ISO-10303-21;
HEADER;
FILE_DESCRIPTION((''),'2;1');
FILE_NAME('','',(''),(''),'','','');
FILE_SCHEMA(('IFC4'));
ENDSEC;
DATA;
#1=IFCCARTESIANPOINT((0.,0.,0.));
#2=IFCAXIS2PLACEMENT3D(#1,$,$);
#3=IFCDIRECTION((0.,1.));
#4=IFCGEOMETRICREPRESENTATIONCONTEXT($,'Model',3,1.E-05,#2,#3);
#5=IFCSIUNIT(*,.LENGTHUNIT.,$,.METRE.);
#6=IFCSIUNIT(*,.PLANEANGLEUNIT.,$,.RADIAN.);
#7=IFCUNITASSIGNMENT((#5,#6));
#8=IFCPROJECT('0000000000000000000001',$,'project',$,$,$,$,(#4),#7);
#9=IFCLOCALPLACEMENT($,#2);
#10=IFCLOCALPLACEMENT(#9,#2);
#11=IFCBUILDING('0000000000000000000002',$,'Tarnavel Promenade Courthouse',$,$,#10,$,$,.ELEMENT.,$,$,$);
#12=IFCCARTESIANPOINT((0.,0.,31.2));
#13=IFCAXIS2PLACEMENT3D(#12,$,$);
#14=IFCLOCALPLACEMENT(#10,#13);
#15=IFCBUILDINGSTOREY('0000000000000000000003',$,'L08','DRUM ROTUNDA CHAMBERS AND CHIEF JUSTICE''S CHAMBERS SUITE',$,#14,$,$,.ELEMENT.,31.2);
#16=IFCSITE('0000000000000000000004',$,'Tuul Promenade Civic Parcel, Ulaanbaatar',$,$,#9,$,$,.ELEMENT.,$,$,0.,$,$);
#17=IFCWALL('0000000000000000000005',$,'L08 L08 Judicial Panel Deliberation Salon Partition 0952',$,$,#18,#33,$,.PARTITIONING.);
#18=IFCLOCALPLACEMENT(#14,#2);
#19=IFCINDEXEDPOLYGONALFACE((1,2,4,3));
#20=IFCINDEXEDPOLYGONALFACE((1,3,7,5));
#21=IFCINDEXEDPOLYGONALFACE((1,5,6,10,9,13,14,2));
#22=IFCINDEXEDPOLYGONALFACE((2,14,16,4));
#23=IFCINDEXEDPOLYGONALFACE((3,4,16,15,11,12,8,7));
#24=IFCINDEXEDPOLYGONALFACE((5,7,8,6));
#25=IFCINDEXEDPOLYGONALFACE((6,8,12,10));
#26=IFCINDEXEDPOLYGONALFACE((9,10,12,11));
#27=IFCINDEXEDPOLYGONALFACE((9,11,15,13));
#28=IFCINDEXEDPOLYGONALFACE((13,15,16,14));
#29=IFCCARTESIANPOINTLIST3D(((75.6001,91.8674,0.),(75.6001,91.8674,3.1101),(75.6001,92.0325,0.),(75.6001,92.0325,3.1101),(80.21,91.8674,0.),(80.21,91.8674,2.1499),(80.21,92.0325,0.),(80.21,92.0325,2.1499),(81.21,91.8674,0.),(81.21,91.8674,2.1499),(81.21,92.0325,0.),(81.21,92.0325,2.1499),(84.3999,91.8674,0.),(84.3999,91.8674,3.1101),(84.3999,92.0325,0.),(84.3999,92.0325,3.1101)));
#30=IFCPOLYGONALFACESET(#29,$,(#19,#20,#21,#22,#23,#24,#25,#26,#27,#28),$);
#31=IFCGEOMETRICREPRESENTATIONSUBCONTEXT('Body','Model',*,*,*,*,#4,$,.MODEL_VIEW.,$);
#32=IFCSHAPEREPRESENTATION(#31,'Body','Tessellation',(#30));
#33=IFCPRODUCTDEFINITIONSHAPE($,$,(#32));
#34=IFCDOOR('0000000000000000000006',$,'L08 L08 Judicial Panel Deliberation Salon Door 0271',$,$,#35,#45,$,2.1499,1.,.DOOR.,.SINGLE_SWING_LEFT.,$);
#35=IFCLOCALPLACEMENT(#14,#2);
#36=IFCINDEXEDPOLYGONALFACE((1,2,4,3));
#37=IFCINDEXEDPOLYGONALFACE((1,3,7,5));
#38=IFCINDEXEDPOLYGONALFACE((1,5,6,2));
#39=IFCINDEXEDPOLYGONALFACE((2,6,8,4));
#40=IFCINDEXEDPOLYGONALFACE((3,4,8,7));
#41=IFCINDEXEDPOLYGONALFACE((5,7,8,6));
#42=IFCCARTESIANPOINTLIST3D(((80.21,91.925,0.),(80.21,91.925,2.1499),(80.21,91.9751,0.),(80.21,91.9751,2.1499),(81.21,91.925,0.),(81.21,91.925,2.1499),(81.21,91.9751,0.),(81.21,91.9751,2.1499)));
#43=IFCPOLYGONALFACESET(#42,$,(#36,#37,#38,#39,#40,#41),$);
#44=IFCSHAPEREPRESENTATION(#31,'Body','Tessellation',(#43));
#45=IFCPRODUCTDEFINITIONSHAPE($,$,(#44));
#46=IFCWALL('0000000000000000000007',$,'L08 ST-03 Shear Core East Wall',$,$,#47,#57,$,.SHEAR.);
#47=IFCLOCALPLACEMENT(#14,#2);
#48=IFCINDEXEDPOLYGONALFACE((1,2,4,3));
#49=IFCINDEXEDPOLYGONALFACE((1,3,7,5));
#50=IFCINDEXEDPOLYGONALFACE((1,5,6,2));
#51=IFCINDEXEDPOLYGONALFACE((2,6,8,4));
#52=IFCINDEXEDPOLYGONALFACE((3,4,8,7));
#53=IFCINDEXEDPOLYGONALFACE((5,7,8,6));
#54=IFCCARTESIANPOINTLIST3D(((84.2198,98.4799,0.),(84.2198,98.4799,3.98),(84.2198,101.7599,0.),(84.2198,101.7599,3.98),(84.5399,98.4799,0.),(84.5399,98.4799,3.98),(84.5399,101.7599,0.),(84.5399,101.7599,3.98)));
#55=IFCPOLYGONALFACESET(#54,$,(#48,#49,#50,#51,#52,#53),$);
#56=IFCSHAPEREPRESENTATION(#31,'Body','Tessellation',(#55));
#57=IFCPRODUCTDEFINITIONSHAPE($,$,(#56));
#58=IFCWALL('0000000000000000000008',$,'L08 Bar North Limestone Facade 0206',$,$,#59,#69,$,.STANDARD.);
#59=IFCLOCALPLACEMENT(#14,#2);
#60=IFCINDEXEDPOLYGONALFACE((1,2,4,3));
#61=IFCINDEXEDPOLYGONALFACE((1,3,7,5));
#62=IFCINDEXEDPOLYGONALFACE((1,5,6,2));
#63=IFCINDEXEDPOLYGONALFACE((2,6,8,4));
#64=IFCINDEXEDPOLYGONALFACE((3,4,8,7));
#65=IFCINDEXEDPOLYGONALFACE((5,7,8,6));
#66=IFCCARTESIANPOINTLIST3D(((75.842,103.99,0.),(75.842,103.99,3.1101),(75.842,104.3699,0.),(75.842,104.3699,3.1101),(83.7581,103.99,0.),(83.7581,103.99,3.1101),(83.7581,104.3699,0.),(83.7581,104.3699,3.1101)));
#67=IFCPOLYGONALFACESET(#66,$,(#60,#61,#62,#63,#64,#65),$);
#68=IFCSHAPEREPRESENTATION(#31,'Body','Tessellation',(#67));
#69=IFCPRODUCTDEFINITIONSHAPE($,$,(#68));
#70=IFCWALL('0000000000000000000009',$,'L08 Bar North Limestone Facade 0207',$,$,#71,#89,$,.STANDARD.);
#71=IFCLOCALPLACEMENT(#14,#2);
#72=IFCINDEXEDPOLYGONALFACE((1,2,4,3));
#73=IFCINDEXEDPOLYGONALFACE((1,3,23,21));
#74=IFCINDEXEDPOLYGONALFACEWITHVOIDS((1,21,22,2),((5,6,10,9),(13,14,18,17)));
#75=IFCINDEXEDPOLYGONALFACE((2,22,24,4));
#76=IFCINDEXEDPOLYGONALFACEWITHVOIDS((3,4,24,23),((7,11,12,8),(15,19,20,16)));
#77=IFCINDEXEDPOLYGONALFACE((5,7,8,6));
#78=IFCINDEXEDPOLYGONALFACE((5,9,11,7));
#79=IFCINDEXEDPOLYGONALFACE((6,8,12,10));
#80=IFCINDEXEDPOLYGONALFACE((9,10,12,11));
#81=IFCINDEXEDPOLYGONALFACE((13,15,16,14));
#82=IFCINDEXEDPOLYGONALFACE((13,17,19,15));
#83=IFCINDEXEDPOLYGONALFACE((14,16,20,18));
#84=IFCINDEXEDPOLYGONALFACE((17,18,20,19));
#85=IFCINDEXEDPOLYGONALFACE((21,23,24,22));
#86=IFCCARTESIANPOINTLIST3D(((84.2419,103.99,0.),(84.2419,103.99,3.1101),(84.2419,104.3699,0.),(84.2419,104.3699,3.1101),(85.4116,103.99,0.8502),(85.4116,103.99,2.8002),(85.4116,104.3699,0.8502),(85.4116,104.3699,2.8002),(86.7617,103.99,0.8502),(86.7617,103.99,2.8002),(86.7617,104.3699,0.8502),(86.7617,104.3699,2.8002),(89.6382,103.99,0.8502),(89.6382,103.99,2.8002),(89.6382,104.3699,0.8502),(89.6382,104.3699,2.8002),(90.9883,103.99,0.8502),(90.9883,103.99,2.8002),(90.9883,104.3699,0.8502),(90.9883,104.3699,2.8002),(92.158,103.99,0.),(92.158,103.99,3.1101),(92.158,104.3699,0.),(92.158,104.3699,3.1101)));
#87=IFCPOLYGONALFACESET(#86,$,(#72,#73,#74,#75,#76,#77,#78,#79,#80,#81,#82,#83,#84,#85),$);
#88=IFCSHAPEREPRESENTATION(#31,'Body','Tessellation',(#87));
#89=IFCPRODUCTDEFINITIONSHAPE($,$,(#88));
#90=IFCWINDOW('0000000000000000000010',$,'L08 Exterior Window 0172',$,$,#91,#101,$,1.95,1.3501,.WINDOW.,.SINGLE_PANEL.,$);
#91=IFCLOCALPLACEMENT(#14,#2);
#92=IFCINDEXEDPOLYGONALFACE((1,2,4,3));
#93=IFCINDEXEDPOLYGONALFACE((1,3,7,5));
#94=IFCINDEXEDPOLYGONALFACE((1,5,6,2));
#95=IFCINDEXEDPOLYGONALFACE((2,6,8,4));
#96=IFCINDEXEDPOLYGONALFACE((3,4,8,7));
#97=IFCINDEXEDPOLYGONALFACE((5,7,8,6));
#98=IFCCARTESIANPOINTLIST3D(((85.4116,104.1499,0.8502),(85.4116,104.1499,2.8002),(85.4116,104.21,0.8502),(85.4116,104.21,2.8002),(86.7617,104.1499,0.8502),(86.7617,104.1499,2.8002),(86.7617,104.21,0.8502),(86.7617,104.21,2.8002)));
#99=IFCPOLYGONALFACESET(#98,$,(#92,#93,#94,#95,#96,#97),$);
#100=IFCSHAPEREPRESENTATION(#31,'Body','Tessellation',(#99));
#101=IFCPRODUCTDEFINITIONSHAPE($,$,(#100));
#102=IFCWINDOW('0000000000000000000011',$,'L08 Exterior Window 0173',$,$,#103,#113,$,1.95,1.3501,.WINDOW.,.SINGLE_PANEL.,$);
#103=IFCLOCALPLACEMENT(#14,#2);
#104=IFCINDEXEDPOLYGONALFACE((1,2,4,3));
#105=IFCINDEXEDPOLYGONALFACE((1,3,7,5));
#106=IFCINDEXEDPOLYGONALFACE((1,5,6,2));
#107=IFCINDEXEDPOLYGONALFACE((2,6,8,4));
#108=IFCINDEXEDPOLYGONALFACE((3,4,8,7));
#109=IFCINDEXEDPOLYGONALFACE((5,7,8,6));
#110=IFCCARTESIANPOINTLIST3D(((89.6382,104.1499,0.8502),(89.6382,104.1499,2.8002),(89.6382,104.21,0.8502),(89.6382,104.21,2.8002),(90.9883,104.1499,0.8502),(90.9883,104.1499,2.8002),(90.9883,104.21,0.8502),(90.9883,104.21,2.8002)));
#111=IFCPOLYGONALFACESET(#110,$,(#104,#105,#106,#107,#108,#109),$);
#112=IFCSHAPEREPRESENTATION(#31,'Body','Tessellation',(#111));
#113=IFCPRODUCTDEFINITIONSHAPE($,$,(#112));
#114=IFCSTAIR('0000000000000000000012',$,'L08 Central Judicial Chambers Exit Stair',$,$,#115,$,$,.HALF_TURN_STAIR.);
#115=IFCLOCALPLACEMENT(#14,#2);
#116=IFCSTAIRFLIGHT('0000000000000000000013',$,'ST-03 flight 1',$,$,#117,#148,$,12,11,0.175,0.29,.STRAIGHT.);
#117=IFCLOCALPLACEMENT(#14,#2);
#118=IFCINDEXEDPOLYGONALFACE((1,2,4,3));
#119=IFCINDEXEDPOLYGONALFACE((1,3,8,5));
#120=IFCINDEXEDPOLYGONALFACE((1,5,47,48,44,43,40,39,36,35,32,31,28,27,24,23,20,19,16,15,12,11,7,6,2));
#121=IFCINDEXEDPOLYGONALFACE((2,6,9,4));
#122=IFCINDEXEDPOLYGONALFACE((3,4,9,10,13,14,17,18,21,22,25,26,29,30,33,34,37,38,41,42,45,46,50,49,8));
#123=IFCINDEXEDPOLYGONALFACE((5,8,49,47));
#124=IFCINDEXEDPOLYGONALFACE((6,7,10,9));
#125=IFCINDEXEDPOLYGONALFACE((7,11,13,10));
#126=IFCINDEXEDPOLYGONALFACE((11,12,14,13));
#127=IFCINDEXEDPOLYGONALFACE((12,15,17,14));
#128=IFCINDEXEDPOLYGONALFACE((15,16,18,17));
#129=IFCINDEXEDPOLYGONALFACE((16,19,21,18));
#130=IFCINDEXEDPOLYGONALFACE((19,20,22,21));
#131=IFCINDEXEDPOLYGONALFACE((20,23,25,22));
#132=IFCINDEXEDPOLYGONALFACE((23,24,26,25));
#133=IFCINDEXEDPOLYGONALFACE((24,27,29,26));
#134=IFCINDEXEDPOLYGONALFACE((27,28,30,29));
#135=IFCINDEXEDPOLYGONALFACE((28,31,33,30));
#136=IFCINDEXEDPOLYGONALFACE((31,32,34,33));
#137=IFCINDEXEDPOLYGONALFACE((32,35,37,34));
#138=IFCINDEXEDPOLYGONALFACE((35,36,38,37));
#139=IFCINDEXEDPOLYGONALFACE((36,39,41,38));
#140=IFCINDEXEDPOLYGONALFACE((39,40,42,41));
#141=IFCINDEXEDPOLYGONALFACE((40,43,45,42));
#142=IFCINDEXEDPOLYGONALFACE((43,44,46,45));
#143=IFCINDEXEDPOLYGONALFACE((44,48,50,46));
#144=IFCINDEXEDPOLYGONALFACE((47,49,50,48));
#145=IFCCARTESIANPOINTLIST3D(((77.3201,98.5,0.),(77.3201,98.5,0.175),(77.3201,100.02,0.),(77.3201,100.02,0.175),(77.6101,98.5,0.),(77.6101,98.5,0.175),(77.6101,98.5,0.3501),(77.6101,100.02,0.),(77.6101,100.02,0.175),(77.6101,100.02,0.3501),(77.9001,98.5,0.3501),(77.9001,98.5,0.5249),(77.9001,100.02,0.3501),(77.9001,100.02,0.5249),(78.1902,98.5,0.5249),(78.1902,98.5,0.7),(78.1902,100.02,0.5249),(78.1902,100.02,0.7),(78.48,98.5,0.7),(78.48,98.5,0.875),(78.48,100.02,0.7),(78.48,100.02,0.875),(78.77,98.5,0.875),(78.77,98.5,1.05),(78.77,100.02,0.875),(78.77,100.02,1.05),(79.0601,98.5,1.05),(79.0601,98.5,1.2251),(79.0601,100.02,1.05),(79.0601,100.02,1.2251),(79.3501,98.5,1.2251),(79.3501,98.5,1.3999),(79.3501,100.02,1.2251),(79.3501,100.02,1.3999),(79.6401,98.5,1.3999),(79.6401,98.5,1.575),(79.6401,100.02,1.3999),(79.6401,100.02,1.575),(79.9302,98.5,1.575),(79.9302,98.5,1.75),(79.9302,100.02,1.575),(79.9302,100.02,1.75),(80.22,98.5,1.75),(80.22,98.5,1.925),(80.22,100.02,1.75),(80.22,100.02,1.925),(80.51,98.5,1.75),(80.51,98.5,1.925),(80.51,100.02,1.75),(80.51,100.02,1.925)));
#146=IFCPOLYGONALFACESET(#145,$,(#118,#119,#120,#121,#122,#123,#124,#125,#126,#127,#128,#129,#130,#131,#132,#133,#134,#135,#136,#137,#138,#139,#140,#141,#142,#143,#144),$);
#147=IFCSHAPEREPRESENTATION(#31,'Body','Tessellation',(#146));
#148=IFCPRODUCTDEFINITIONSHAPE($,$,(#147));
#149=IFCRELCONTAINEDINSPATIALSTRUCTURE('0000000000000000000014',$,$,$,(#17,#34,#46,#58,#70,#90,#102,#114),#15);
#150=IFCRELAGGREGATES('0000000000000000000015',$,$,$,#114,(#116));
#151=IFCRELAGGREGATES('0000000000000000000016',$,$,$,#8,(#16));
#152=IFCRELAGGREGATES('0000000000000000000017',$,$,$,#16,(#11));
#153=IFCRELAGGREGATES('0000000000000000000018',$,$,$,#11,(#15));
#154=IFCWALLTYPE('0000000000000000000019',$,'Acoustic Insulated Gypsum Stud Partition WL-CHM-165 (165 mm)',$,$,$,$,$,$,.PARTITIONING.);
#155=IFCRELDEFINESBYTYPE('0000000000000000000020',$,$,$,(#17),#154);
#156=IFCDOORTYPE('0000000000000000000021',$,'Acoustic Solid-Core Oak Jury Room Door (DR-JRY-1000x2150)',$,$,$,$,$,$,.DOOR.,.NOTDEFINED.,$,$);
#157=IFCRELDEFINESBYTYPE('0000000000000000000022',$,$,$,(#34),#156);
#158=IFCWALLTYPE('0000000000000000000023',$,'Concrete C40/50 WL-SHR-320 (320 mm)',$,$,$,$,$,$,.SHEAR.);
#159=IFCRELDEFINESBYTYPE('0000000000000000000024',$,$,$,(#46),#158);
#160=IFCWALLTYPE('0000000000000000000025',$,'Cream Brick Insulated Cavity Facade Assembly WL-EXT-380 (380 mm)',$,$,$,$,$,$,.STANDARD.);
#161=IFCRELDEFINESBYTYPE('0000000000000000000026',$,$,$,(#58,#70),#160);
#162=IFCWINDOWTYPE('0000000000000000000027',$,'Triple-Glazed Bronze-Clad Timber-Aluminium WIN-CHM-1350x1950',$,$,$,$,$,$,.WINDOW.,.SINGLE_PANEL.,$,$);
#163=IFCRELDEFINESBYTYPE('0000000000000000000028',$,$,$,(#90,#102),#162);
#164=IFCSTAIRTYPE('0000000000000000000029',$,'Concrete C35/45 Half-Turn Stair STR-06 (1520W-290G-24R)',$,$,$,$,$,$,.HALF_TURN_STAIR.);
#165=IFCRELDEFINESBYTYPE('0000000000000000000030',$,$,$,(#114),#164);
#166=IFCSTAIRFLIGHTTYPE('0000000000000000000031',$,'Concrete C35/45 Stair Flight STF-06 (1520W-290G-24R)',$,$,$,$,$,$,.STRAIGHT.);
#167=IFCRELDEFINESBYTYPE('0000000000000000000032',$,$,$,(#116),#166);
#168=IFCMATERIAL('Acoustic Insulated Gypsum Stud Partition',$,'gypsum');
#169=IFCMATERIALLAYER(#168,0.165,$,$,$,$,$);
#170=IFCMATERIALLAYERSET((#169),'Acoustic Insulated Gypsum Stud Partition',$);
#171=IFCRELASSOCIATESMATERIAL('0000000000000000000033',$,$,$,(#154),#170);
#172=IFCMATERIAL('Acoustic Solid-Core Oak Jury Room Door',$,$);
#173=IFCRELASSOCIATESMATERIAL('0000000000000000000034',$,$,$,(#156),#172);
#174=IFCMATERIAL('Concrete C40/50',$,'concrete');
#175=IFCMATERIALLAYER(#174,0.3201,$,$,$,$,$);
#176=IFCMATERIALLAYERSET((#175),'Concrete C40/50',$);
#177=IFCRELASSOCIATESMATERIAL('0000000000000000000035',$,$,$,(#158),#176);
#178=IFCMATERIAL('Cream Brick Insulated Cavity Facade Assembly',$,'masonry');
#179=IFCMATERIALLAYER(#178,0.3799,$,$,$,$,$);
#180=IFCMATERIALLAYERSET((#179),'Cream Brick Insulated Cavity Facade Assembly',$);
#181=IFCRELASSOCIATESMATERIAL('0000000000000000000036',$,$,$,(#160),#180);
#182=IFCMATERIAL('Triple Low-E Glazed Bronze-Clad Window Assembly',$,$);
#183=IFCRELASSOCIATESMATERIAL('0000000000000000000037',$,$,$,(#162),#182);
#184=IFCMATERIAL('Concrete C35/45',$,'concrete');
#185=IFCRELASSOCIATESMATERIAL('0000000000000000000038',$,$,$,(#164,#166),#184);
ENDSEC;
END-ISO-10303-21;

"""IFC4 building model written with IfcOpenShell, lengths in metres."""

from ifc_helpers import new_model, si_unit, direction, frame, frame_2d, origin, place, context, subcontext, project, spatial, polyline, rectangle, outline, extrude, material, layer, layer_set, type_object, element, fill, aggregate, save


model = new_model("IFC4")

# Units and contexts
model_context = context("Model", 3, precision=1e-05, world=origin(), true_north=direction((0.0, 1.0)))
body_context = subcontext(model_context, "Body", "Model", "MODEL_VIEW")
ifc_project = project(units=[si_unit("LENGTHUNIT", "METRE"), si_unit("PLANEANGLEUNIT", "RADIAN")], contexts=[model_context])

# Site, building, storey
site_placement = place(None, origin())
site = spatial("IfcSite", under=ifc_project, at=site_placement, Name="Tuul Promenade Civic Parcel, Ulaanbaatar", CompositionType="ELEMENT", RefElevation=0.0)
building_placement = place(site_placement, origin())
building = spatial("IfcBuilding", under=site, at=building_placement, Name="Tarnavel Promenade Courthouse", CompositionType="ELEMENT")
storey_placement = place(building_placement, frame((0.0, 0.0, 31.2)))
storey = spatial("IfcBuildingStorey", under=building, at=storey_placement, Name="L08", Description="DRUM ROTUNDA CHAMBERS AND CHIEF JUSTICE'S CHAMBERS SUITE", CompositionType="ELEMENT", Elevation=31.2)

# Shared definitions
ifc_material_1 = material(Name="Concrete C40/50", Category="concrete")

# Wall, opening, door
ifc_material_2 = material(Name="Acoustic Insulated Gypsum Stud Partition", Category="gypsum")
ifc_layer_1 = layer(ifc_material_2, 0.165)
ifc_layer_set_1 = layer_set([ifc_layer_1], Name="Acoustic Insulated Gypsum Stud Partition")
wall_type_1 = type_object("IfcWallType", Name="Acoustic Insulated Gypsum Stud Partition WL-CHM-165 (165 mm)", PredefinedType="PARTITIONING", material=ifc_layer_set_1)
wall_1_placement = place(storey_placement, frame((84.3999, 91.95, 0.0), z_axis=(0.0, 0.0, 1.0), x_axis=(-1.0, 0.0, 0.0)))
wall_1 = element("IfcWall", 1, at=wall_1_placement, inside=storey, type_object=wall_type_1, Name="L08 L08 Judicial Panel Deliberation Salon Partition 0952", PredefinedType="PARTITIONING", context=body_context, shape_type="SweptSolid", body=[
    extrude(rectangle(XDim=8.7998, YDim=0.165, at=frame_2d((4.3999, 0.0))), origin(), (0.0, 0.0, 1.0), 3.1101),
])
opening_1_placement = place(wall_1_placement, frame((3.1899, 0.0, 0.0)))
opening_1 = element("IfcOpeningElement", 2, at=opening_1_placement, cuts=wall_1, PredefinedType="OPENING", context=body_context, shape_type="SweptSolid", body=[
    extrude(rectangle(XDim=1.0, YDim=2.1499, at=frame_2d((0.5, 1.075))), frame((0.0, 0.0925, 0.0), z_axis=(0.0, -1.0, 0.0), x_axis=(1.0, 0.0, 0.0)), (0.0, 0.0, 1.0), 0.1851),
])
ifc_material_3 = material(Name="Acoustic Solid-Core Oak Jury Room Door")
door_type_1 = type_object("IfcDoorType", Name="Acoustic Solid-Core Oak Jury Room Door (DR-JRY-1000x2150)", OperationType="NOTDEFINED", PredefinedType="DOOR", material=ifc_material_3)
door_1_placement = place(opening_1_placement, origin())
door_1 = element("IfcDoor", 3, at=door_1_placement, inside=storey, type_object=door_type_1, Name="L08 L08 Judicial Panel Deliberation Salon Door 0271", OperationType="SINGLE_SWING_LEFT", OverallHeight=2.1499, OverallWidth=1.0, PredefinedType="DOOR", context=body_context, shape_type="SweptSolid", body=[
    extrude(rectangle(XDim=1.0, YDim=2.1499, at=frame_2d((0.5, 1.075))), frame((0.0, 0.0249, 0.0), z_axis=(0.0, -1.0, 0.0), x_axis=(1.0, 0.0, 0.0)), (0.0, 0.0, 1.0), 0.05),
])
fill(opening_1, door_1)

# Walls
ifc_layer_2 = layer(ifc_material_1, 0.3201)
ifc_layer_set_2 = layer_set([ifc_layer_2], Name="Concrete C40/50")
wall_type_2 = type_object("IfcWallType", Name="Concrete C40/50 WL-SHR-320 (320 mm)", PredefinedType="SHEAR", material=ifc_layer_set_2)
wall_2_placement = place(storey_placement, frame((84.3799, 101.76, 0.0), z_axis=(0.0, 0.0, 1.0), x_axis=(0.0, -1.0, 0.0)))
element("IfcWall", 4, at=wall_2_placement, inside=storey, type_object=wall_type_2, Name="L08 ST-03 Shear Core East Wall", PredefinedType="SHEAR", context=body_context, shape_type="SweptSolid", body=[
    extrude(rectangle(XDim=3.28, YDim=0.3201, at=frame_2d((1.6401, 0.0))), origin(), (0.0, 0.0, 1.0), 3.98),
])
ifc_material_4 = material(Name="Cream Brick Insulated Cavity Facade Assembly", Category="masonry")
ifc_layer_3 = layer(ifc_material_4, 0.3799)
ifc_layer_set_3 = layer_set([ifc_layer_3], Name="Cream Brick Insulated Cavity Facade Assembly")
wall_type_3 = type_object("IfcWallType", Name="Cream Brick Insulated Cavity Facade Assembly WL-EXT-380 (380 mm)", PredefinedType="STANDARD", material=ifc_layer_set_3)
wall_3_placement = place(storey_placement, frame((75.842, 104.1799, 0.0), z_axis=(0.0, 0.0, 1.0), x_axis=(1.0, 0.0, 0.0)))
element("IfcWall", 5, at=wall_3_placement, inside=storey, type_object=wall_type_3, Name="L08 Bar North Limestone Facade 0206", PredefinedType="STANDARD", context=body_context, shape_type="SweptSolid", body=[
    extrude(rectangle(XDim=7.916, YDim=0.3799, at=frame_2d((3.958, 0.0))), origin(), (0.0, 0.0, 1.0), 3.1101),
])

# Wall, openings, windows
wall_4_placement = place(storey_placement, frame((84.2419, 104.1799, 0.0), z_axis=(0.0, 0.0, 1.0), x_axis=(1.0, 0.0, 0.0)))
wall_4 = element("IfcWall", 6, at=wall_4_placement, inside=storey, type_object=wall_type_3, Name="L08 Bar North Limestone Facade 0207", PredefinedType="STANDARD", context=body_context, shape_type="SweptSolid", body=[
    extrude(rectangle(XDim=7.916, YDim=0.3799, at=frame_2d((3.958, 0.0))), origin(), (0.0, 0.0, 1.0), 3.1101),
])
opening_2_placement = place(wall_4_placement, frame((1.1697, 0.0, 0.8501)))
opening_2 = element("IfcOpeningElement", 7, at=opening_2_placement, cuts=wall_4, PredefinedType="OPENING", context=body_context, shape_type="SweptSolid", body=[
    extrude(rectangle(XDim=1.3501, YDim=1.95, at=frame_2d((0.675, 0.9751))), frame((0.0, 0.2, 0.0), z_axis=(0.0, -1.0, 0.0), x_axis=(1.0, 0.0, 0.0)), (0.0, 0.0, 1.0), 0.3999),
])
opening_3_placement = place(wall_4_placement, frame((5.3962, 0.0, 0.8501)))
opening_3 = element("IfcOpeningElement", 8, at=opening_3_placement, cuts=wall_4, PredefinedType="OPENING", context=body_context, shape_type="SweptSolid", body=[
    extrude(rectangle(XDim=1.3501, YDim=1.95, at=frame_2d((0.675, 0.9751))), frame((0.0, 0.2, 0.0), z_axis=(0.0, -1.0, 0.0), x_axis=(1.0, 0.0, 0.0)), (0.0, 0.0, 1.0), 0.3999),
])
ifc_material_5 = material(Name="Triple Low-E Glazed Bronze-Clad Window Assembly")
window_type = type_object("IfcWindowType", Name="Triple-Glazed Bronze-Clad Timber-Aluminium WIN-CHM-1350x1950", PartitioningType="SINGLE_PANEL", PredefinedType="WINDOW", material=ifc_material_5)
window_1_placement = place(opening_2_placement, origin())
window_1 = element("IfcWindow", 9, at=window_1_placement, inside=storey, type_object=window_type, Name="L08 Exterior Window 0172", OverallHeight=1.95, OverallWidth=1.3501, PartitioningType="SINGLE_PANEL", PredefinedType="WINDOW", context=body_context, shape_type="SweptSolid", body=[
    extrude(rectangle(XDim=1.3501, YDim=1.95, at=frame_2d((0.675, 0.9751))), frame((0.0, 0.03, 0.0), z_axis=(0.0, -1.0, 0.0), x_axis=(1.0, 0.0, 0.0)), (0.0, 0.0, 1.0), 0.0601),
])
fill(opening_2, window_1)
window_2_placement = place(opening_3_placement, origin())
window_2 = element("IfcWindow", 10, at=window_2_placement, inside=storey, type_object=window_type, Name="L08 Exterior Window 0173", OverallHeight=1.95, OverallWidth=1.3501, PartitioningType="SINGLE_PANEL", PredefinedType="WINDOW", context=body_context, shape_type="SweptSolid", body=[
    extrude(rectangle(XDim=1.3501, YDim=1.95, at=frame_2d((0.675, 0.9751))), frame((0.0, 0.03, 0.0), z_axis=(0.0, -1.0, 0.0), x_axis=(1.0, 0.0, 0.0)), (0.0, 0.0, 1.0), 0.0601),
])
fill(opening_3, window_2)

# Stair, stair flight
ifc_material_6 = material(Name="Concrete C35/45", Category="concrete")
stair_type = type_object("IfcStairType", Name="Concrete C35/45 Half-Turn Stair STR-06 (1520W-290G-24R)", PredefinedType="HALF_TURN_STAIR", material=ifc_material_6)
stair_placement = place(storey_placement, origin())
stair = element("IfcStair", 11, at=stair_placement, inside=storey, type_object=stair_type, Name="L08 Central Judicial Chambers Exit Stair", PredefinedType="HALF_TURN_STAIR")
stair_flight_type = type_object("IfcStairFlightType", Name="Concrete C35/45 Stair Flight STF-06 (1520W-290G-24R)", PredefinedType="STRAIGHT", material=ifc_material_6)
stair_flight_1_placement = place(storey_placement, frame((77.3201, 99.26, 0.0), z_axis=(0.0, 0.0, 1.0), x_axis=(1.0, 0.0, 0.0)))
stair_flight_1 = element("IfcStairFlight", 12, at=stair_flight_1_placement, type_object=stair_flight_type, Name="ST-03 flight 1", NumberOfRisers=12, NumberOfTreads=11, PredefinedType="STRAIGHT", RiserHeight=0.175, TreadLength=0.29, context=body_context, shape_type="SweptSolid", body=[
    extrude(outline(polyline([(0.0, 0.0), (0.0, 0.175), (0.29, 0.175), (0.29, 0.3501), (0.5801, 0.3501), (0.5801, 0.5249), (0.8701, 0.5249), (0.8701, 0.7), (1.1599, 0.7), (1.1599, 0.875), (1.45, 0.875), (1.45, 1.05), (1.74, 1.05), (1.74, 1.2251), (2.03, 1.2251), (2.03, 1.3999), (2.3201, 1.3999), (2.3201, 1.575), (2.6101, 1.575), (2.6101, 1.75), (2.8999, 1.75), (2.8999, 1.925), (3.1899, 1.925), (3.1899, 2.1001), (3.1899, 1.75), (0.29, 0.0), (0.0, 0.0)])), frame((0.0, 0.76, 0.0), z_axis=(0.0, -1.0, 0.0), x_axis=(1.0, 0.0, 0.0)), (0.0, 0.0, 1.0), 1.52),
])
aggregate(stair, [stair_flight_1])

save(model, "model.ifc")
